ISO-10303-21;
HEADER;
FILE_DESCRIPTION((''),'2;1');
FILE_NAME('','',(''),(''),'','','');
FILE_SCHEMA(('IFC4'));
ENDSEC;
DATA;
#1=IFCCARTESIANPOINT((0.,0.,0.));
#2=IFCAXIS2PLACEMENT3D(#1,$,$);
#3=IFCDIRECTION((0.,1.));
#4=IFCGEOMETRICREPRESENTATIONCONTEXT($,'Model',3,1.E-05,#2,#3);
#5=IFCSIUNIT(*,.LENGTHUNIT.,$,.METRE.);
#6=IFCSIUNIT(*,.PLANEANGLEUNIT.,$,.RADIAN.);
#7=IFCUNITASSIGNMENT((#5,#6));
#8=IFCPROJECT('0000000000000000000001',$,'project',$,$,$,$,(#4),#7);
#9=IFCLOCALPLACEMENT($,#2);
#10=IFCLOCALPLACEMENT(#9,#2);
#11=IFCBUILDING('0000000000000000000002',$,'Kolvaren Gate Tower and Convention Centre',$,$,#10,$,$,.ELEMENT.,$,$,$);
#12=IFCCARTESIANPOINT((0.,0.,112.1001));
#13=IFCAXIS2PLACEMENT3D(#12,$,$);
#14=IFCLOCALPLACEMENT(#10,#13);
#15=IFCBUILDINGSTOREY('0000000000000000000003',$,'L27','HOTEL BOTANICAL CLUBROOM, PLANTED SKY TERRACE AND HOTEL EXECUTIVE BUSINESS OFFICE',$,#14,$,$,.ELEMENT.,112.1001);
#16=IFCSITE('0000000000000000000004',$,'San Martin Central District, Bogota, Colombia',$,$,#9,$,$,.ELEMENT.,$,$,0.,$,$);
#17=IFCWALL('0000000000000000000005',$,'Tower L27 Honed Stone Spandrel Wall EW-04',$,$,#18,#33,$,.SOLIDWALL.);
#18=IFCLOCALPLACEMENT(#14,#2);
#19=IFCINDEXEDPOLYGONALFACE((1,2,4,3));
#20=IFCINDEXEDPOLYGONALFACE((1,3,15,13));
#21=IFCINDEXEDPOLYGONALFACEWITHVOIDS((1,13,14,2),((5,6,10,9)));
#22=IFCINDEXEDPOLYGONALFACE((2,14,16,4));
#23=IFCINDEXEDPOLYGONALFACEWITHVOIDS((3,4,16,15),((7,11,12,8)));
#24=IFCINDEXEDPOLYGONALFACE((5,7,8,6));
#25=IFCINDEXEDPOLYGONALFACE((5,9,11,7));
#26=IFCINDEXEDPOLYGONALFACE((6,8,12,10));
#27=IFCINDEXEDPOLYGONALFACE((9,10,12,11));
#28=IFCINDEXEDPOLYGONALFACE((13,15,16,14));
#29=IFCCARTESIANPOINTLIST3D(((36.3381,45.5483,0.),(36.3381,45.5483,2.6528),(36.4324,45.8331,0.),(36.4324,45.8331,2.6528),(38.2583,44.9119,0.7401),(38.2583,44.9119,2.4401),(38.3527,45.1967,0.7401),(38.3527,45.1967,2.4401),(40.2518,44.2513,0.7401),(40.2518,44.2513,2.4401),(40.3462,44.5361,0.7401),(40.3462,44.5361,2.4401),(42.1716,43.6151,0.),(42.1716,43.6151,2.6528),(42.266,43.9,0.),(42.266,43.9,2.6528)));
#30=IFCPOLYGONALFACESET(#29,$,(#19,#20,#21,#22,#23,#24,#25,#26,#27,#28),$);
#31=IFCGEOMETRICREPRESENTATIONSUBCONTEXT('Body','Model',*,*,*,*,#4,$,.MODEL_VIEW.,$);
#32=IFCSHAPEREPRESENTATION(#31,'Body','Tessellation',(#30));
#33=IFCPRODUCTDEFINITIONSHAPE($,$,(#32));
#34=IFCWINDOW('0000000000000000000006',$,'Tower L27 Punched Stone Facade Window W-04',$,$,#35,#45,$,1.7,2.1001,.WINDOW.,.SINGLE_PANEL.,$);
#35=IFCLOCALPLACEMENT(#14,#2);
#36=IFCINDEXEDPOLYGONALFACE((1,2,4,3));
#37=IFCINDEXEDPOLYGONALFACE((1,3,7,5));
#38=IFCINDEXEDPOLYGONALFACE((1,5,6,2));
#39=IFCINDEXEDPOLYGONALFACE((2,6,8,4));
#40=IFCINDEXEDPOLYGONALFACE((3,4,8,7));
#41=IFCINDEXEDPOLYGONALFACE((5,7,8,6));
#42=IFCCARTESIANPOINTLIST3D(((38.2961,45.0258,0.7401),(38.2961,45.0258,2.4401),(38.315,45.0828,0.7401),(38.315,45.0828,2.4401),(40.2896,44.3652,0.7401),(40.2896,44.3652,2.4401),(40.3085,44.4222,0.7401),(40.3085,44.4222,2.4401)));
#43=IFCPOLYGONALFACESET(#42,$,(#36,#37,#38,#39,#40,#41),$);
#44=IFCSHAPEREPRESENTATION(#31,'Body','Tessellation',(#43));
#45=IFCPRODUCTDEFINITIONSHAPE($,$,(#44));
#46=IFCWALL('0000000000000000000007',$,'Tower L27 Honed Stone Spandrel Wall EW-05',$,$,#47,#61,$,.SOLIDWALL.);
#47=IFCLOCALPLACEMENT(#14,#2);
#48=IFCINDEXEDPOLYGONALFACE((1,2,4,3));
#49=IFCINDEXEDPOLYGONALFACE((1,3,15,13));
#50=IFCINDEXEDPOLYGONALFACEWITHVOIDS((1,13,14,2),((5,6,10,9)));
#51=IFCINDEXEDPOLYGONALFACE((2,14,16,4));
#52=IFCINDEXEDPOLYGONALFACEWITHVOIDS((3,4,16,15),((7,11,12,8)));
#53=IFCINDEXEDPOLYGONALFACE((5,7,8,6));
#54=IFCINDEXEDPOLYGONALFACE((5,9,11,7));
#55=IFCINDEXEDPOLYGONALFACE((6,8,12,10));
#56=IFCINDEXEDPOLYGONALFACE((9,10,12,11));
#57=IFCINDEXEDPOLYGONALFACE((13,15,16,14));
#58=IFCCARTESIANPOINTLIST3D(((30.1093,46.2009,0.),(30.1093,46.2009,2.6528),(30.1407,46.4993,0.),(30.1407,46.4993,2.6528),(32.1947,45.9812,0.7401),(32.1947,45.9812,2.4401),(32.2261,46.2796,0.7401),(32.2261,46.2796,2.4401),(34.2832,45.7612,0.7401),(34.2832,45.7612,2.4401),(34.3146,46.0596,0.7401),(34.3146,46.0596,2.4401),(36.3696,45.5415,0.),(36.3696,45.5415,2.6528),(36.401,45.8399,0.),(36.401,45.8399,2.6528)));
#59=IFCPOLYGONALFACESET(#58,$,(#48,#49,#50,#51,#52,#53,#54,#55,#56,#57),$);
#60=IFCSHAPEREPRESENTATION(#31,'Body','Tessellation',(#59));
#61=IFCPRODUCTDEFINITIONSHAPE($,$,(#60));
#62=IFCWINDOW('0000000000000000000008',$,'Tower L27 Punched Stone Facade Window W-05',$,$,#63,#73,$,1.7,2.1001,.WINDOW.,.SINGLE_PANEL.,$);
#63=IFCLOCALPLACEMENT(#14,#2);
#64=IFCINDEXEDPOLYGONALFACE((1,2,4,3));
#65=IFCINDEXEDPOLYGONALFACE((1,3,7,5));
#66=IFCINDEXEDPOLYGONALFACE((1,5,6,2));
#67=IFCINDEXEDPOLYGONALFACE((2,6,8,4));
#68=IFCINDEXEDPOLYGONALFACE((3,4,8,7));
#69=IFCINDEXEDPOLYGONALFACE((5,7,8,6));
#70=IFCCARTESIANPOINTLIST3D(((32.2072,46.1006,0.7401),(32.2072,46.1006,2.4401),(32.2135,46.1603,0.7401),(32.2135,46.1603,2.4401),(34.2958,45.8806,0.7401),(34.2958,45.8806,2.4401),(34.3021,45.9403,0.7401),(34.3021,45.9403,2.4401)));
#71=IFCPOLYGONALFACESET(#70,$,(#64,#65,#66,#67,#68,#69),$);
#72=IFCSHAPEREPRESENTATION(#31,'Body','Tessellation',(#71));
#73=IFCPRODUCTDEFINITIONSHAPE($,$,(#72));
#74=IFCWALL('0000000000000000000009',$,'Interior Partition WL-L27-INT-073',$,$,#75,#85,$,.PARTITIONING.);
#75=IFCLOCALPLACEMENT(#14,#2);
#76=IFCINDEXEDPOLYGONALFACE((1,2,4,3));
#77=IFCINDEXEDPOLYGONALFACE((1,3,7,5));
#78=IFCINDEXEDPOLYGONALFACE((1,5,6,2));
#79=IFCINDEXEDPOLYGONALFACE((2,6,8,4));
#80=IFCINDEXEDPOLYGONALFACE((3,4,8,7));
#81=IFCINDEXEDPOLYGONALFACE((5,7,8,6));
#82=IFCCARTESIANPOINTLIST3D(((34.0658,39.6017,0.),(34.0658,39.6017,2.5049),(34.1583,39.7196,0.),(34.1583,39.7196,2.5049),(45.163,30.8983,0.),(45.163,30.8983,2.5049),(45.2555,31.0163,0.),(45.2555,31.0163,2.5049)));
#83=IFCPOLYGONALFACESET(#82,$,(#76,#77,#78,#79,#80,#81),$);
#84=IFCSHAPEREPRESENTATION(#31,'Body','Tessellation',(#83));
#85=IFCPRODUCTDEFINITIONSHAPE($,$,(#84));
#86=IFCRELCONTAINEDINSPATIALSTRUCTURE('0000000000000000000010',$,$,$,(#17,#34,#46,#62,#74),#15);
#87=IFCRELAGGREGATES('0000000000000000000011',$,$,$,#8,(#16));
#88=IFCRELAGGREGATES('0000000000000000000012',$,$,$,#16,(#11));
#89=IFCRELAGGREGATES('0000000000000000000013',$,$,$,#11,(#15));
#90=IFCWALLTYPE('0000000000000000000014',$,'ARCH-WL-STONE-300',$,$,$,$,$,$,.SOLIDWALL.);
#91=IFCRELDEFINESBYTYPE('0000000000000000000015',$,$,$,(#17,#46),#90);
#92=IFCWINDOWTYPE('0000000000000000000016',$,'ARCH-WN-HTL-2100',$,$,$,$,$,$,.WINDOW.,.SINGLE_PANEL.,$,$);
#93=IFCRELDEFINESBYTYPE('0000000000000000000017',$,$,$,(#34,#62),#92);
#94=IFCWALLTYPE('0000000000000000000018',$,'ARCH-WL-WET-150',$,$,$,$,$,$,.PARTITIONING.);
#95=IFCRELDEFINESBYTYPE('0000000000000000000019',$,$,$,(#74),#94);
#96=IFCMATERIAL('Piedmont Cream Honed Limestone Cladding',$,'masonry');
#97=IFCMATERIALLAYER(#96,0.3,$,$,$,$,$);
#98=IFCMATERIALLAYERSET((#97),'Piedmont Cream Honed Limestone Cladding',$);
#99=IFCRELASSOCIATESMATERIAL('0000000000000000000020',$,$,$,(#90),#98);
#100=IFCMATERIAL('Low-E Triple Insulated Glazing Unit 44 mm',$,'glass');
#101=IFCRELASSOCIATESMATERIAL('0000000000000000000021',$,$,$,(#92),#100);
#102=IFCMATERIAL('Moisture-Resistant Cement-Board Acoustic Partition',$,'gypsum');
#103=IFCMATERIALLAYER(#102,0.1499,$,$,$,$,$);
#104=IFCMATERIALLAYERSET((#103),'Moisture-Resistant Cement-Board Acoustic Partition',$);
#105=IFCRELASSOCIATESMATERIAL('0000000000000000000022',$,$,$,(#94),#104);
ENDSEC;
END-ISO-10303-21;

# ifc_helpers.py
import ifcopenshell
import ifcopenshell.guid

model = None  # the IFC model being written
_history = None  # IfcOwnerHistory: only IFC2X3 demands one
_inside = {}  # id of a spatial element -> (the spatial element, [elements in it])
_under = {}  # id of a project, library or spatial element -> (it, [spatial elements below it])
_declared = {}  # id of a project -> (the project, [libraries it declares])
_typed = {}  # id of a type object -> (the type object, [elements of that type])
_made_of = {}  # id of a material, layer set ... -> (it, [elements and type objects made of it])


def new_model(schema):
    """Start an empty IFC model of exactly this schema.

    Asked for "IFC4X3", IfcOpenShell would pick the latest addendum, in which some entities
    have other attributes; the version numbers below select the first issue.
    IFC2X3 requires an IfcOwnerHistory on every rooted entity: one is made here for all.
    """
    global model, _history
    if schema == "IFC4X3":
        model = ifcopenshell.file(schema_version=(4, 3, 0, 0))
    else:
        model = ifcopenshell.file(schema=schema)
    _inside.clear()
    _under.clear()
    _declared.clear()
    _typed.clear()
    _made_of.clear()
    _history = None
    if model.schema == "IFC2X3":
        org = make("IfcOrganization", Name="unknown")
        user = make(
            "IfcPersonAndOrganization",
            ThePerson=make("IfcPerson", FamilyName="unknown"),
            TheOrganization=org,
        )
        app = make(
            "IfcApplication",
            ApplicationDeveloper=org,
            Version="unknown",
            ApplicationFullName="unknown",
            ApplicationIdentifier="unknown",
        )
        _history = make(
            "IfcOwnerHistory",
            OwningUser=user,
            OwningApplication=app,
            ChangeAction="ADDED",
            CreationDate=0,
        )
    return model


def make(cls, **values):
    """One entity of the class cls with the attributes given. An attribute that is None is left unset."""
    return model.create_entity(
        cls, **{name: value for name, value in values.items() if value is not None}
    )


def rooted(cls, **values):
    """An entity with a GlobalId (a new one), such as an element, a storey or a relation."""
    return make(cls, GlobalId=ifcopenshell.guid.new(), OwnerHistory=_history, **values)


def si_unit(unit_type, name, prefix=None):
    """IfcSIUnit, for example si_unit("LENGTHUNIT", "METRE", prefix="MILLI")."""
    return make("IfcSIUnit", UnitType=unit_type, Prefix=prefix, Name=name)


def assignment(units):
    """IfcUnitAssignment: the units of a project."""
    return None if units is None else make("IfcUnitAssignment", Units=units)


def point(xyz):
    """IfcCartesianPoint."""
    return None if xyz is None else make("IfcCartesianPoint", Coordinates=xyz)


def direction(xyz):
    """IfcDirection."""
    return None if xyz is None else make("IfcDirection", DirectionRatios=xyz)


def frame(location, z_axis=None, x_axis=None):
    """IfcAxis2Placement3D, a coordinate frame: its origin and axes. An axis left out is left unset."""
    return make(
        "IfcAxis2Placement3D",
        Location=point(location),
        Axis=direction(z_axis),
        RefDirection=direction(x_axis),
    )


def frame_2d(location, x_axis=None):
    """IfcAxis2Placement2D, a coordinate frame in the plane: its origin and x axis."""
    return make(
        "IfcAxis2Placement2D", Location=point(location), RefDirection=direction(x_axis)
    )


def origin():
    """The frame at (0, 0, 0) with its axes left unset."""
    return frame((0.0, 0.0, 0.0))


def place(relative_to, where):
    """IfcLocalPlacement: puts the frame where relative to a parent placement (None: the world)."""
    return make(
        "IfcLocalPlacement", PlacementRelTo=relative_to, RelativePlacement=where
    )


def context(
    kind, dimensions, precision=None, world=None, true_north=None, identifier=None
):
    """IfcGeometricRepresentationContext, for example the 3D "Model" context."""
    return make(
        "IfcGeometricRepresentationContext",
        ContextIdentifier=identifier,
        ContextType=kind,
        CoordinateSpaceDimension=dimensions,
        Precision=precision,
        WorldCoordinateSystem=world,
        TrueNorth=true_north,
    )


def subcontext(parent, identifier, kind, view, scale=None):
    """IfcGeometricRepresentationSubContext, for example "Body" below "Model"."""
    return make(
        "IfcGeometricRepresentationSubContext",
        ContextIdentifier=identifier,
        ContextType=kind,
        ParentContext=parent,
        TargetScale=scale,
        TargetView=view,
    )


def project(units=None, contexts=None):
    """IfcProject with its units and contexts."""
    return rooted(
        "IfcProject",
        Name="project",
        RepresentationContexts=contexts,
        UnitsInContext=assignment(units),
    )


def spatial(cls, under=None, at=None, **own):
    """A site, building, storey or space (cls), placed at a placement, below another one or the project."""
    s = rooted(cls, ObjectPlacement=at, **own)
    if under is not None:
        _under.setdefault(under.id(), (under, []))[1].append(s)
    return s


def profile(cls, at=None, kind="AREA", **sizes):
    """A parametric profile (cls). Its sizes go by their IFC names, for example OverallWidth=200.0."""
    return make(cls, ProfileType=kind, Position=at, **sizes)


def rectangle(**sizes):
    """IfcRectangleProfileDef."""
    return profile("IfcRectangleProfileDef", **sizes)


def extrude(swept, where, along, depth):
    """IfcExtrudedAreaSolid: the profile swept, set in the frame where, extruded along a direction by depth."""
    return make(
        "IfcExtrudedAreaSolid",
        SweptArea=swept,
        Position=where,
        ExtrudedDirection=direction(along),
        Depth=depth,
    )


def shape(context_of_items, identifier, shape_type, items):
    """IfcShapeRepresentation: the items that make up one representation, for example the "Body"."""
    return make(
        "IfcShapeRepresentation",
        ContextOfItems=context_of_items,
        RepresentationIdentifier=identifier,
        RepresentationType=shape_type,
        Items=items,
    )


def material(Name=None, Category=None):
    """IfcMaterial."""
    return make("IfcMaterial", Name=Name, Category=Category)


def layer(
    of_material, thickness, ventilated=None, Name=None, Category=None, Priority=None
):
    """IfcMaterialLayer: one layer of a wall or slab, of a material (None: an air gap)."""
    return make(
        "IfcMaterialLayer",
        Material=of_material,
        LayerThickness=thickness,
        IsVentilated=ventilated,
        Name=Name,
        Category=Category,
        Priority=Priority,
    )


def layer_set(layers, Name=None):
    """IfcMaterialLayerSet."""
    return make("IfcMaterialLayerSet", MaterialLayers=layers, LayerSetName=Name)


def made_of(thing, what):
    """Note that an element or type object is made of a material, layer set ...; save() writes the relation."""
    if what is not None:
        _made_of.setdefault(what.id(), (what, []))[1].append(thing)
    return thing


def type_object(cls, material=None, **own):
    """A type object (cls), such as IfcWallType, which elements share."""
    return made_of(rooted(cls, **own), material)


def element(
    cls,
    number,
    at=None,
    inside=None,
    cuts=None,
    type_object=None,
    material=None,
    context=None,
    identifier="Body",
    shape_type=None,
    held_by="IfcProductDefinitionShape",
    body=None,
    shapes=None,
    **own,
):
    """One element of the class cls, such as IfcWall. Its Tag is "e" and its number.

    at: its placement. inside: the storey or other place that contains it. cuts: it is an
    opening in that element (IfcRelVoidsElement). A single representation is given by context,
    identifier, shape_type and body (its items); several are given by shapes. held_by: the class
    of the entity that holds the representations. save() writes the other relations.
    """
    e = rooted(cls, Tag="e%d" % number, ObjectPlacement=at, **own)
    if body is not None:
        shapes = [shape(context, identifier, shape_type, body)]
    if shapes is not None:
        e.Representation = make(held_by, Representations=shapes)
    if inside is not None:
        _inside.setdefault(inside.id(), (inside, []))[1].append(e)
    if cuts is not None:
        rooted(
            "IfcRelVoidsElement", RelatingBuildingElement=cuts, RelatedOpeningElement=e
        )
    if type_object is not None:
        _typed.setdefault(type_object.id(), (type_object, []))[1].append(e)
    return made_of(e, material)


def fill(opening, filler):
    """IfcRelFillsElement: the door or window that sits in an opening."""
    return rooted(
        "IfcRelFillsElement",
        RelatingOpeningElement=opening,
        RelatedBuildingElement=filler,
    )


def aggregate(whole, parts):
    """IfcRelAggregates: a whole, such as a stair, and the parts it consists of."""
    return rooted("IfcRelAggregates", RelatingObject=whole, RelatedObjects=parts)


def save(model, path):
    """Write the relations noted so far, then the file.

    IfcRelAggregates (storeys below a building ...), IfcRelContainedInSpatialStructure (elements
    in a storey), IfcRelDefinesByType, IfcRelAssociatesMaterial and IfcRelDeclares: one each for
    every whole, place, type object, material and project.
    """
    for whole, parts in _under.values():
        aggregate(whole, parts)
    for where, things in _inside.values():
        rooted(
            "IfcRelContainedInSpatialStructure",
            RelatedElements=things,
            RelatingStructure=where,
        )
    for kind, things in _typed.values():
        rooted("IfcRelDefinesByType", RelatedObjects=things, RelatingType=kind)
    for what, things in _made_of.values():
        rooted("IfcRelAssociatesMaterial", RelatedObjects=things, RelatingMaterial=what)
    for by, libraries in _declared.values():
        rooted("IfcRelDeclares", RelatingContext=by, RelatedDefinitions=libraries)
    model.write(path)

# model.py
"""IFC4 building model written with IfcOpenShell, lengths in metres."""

from ifc_helpers import new_model, si_unit, direction, frame, frame_2d, origin, place, context, subcontext, project, spatial, rectangle, extrude, material, layer, layer_set, type_object, element, fill, save


model = new_model("IFC4")

# Units and contexts
model_context = context("Model", 3, precision=1e-05, world=origin(), true_north=direction((0.0, 1.0)))
body_context = subcontext(model_context, "Body", "Model", "MODEL_VIEW")
ifc_project = project(units=[si_unit("LENGTHUNIT", "METRE"), si_unit("PLANEANGLEUNIT", "RADIAN")], contexts=[model_context])

# Site, building, storey
site_placement = place(None, origin())
site = spatial("IfcSite", under=ifc_project, at=site_placement, Name="San Martin Central District, Bogota, Colombia", CompositionType="ELEMENT", RefElevation=0.0)
building_placement = place(site_placement, origin())
building = spatial("IfcBuilding", under=site, at=building_placement, Name="Kolvaren Gate Tower and Convention Centre", CompositionType="ELEMENT")
storey_placement = place(building_placement, frame((0.0, 0.0, 112.1001)))
storey = spatial("IfcBuildingStorey", under=building, at=storey_placement, Name="L27", Description="HOTEL BOTANICAL CLUBROOM, PLANTED SKY TERRACE AND HOTEL EXECUTIVE BUSINESS OFFICE", CompositionType="ELEMENT", Elevation=112.1001)

# Shared definitions
ifc_material_1 = material(Name="Piedmont Cream Honed Limestone Cladding", Category="masonry")

# Walls, openings, windows
ifc_layer_1 = layer(ifc_material_1, 0.3)
ifc_layer_set_1 = layer_set([ifc_layer_1], Name="Piedmont Cream Honed Limestone Cladding")
wall_type_1 = type_object("IfcWallType", Name="ARCH-WL-STONE-300", PredefinedType="SOLIDWALL", material=ifc_layer_set_1)
wall_1_placement = place(storey_placement, frame((36.3853, 45.6907, 0.0), z_axis=(0.0, 0.0, 1.0), x_axis=(0.949238, -0.314559, 0.0)))
wall_1 = element("IfcWall", 1, at=wall_1_placement, inside=storey, type_object=wall_type_1, Name="Tower L27 Honed Stone Spandrel Wall EW-04", PredefinedType="SOLIDWALL", context=body_context, shape_type="SweptSolid", body=[
    extrude(rectangle(XDim=6.1455, YDim=0.3, at=frame_2d((3.0728, 0.0))), origin(), (0.0, 0.0, 1.0), 2.6528),
])
opening_1_placement = place(wall_1_placement, frame((2.0229, 0.0, 0.74)))
opening_1 = element("IfcOpeningElement", 2, at=opening_1_placement, cuts=wall_1, PredefinedType="OPENING", context=body_context, shape_type="SweptSolid", body=[
    extrude(rectangle(XDim=2.1001, YDim=1.7, at=frame_2d((1.05, 0.8501))), frame((0.0, 0.1599, 0.0), z_axis=(0.0, -1.0, 0.0), x_axis=(1.0, 0.0, 0.0)), (0.0, 0.0, 1.0), 0.3201),
])
ifc_material_2 = material(Name="Low-E Triple Insulated Glazing Unit 44 mm", Category="glass")
window_type = type_object("IfcWindowType", Name="ARCH-WN-HTL-2100", PartitioningType="SINGLE_PANEL", PredefinedType="WINDOW", material=ifc_material_2)
window_1_placement = place(opening_1_placement, origin())
window_1 = element("IfcWindow", 3, at=window_1_placement, inside=storey, type_object=window_type, Name="Tower L27 Punched Stone Facade Window W-04", OverallHeight=1.7, OverallWidth=2.1001, PartitioningType="SINGLE_PANEL", PredefinedType="WINDOW", context=body_context, shape_type="SweptSolid", body=[
    extrude(rectangle(XDim=2.1001, YDim=1.7, at=frame_2d((1.05, 0.8501))), frame((0.0, 0.03, 0.0), z_axis=(0.0, -1.0, 0.0), x_axis=(1.0, 0.0, 0.0)), (0.0, 0.0, 1.0), 0.0601),
])
fill(opening_1, window_1)
wall_2_placement = place(storey_placement, frame((30.125, 46.3501, 0.0), z_axis=(0.0, 0.0, 1.0), x_axis=(0.994498, -0.104755, 0.0)))
wall_2 = element("IfcWall", 4, at=wall_2_placement, inside=storey, type_object=wall_type_1, Name="Tower L27 Honed Stone Spandrel Wall EW-05", PredefinedType="SOLIDWALL", context=body_context, shape_type="SweptSolid", body=[
    extrude(rectangle(XDim=6.2949, YDim=0.3, at=frame_2d((3.1475, 0.0))), origin(), (0.0, 0.0, 1.0), 2.6528),
])
opening_2_placement = place(wall_2_placement, frame((2.0969, 0.0, 0.74)))
opening_2 = element("IfcOpeningElement", 5, at=opening_2_placement, cuts=wall_2, PredefinedType="OPENING", context=body_context, shape_type="SweptSolid", body=[
    extrude(rectangle(XDim=2.1001, YDim=1.7, at=frame_2d((1.05, 0.8501))), frame((0.0, 0.1599, 0.0), z_axis=(0.0, -1.0, 0.0), x_axis=(1.0, 0.0, 0.0)), (0.0, 0.0, 1.0), 0.3201),
])
window_2_placement = place(opening_2_placement, origin())
window_2 = element("IfcWindow", 6, at=window_2_placement, inside=storey, type_object=window_type, Name="Tower L27 Punched Stone Facade Window W-05", OverallHeight=1.7, OverallWidth=2.1001, PartitioningType="SINGLE_PANEL", PredefinedType="WINDOW", context=body_context, shape_type="SweptSolid", body=[
    extrude(rectangle(XDim=2.1001, YDim=1.7, at=frame_2d((1.05, 0.8501))), frame((0.0, 0.03, 0.0), z_axis=(0.0, -1.0, 0.0), x_axis=(1.0, 0.0, 0.0)), (0.0, 0.0, 1.0), 0.0601),
])
fill(opening_2, window_2)

# Wall
ifc_material_3 = material(Name="Moisture-Resistant Cement-Board Acoustic Partition", Category="gypsum")
ifc_layer_2 = layer(ifc_material_3, 0.1499)
ifc_layer_set_2 = layer_set([ifc_layer_2], Name="Moisture-Resistant Cement-Board Acoustic Partition")
wall_type_2 = type_object("IfcWallType", Name="ARCH-WL-WET-150", PredefinedType="PARTITIONING", material=ifc_layer_set_2)
wall_3_placement = place(storey_placement, frame((34.1121, 39.6606, 0.0), z_axis=(0.0, 0.0, 1.0), x_axis=(0.786863, -0.617127, 0.0)))
element("IfcWall", 7, at=wall_3_placement, inside=storey, type_object=wall_type_2, Name="Interior Partition WL-L27-INT-073", PredefinedType="PARTITIONING", context=body_context, shape_type="SweptSolid", body=[
    extrude(rectangle(XDim=14.103, YDim=0.1499, at=frame_2d((7.0515, 0.0))), origin(), (0.0, 0.0, 1.0), 2.5049),
])

save(model, "model.ifc")
